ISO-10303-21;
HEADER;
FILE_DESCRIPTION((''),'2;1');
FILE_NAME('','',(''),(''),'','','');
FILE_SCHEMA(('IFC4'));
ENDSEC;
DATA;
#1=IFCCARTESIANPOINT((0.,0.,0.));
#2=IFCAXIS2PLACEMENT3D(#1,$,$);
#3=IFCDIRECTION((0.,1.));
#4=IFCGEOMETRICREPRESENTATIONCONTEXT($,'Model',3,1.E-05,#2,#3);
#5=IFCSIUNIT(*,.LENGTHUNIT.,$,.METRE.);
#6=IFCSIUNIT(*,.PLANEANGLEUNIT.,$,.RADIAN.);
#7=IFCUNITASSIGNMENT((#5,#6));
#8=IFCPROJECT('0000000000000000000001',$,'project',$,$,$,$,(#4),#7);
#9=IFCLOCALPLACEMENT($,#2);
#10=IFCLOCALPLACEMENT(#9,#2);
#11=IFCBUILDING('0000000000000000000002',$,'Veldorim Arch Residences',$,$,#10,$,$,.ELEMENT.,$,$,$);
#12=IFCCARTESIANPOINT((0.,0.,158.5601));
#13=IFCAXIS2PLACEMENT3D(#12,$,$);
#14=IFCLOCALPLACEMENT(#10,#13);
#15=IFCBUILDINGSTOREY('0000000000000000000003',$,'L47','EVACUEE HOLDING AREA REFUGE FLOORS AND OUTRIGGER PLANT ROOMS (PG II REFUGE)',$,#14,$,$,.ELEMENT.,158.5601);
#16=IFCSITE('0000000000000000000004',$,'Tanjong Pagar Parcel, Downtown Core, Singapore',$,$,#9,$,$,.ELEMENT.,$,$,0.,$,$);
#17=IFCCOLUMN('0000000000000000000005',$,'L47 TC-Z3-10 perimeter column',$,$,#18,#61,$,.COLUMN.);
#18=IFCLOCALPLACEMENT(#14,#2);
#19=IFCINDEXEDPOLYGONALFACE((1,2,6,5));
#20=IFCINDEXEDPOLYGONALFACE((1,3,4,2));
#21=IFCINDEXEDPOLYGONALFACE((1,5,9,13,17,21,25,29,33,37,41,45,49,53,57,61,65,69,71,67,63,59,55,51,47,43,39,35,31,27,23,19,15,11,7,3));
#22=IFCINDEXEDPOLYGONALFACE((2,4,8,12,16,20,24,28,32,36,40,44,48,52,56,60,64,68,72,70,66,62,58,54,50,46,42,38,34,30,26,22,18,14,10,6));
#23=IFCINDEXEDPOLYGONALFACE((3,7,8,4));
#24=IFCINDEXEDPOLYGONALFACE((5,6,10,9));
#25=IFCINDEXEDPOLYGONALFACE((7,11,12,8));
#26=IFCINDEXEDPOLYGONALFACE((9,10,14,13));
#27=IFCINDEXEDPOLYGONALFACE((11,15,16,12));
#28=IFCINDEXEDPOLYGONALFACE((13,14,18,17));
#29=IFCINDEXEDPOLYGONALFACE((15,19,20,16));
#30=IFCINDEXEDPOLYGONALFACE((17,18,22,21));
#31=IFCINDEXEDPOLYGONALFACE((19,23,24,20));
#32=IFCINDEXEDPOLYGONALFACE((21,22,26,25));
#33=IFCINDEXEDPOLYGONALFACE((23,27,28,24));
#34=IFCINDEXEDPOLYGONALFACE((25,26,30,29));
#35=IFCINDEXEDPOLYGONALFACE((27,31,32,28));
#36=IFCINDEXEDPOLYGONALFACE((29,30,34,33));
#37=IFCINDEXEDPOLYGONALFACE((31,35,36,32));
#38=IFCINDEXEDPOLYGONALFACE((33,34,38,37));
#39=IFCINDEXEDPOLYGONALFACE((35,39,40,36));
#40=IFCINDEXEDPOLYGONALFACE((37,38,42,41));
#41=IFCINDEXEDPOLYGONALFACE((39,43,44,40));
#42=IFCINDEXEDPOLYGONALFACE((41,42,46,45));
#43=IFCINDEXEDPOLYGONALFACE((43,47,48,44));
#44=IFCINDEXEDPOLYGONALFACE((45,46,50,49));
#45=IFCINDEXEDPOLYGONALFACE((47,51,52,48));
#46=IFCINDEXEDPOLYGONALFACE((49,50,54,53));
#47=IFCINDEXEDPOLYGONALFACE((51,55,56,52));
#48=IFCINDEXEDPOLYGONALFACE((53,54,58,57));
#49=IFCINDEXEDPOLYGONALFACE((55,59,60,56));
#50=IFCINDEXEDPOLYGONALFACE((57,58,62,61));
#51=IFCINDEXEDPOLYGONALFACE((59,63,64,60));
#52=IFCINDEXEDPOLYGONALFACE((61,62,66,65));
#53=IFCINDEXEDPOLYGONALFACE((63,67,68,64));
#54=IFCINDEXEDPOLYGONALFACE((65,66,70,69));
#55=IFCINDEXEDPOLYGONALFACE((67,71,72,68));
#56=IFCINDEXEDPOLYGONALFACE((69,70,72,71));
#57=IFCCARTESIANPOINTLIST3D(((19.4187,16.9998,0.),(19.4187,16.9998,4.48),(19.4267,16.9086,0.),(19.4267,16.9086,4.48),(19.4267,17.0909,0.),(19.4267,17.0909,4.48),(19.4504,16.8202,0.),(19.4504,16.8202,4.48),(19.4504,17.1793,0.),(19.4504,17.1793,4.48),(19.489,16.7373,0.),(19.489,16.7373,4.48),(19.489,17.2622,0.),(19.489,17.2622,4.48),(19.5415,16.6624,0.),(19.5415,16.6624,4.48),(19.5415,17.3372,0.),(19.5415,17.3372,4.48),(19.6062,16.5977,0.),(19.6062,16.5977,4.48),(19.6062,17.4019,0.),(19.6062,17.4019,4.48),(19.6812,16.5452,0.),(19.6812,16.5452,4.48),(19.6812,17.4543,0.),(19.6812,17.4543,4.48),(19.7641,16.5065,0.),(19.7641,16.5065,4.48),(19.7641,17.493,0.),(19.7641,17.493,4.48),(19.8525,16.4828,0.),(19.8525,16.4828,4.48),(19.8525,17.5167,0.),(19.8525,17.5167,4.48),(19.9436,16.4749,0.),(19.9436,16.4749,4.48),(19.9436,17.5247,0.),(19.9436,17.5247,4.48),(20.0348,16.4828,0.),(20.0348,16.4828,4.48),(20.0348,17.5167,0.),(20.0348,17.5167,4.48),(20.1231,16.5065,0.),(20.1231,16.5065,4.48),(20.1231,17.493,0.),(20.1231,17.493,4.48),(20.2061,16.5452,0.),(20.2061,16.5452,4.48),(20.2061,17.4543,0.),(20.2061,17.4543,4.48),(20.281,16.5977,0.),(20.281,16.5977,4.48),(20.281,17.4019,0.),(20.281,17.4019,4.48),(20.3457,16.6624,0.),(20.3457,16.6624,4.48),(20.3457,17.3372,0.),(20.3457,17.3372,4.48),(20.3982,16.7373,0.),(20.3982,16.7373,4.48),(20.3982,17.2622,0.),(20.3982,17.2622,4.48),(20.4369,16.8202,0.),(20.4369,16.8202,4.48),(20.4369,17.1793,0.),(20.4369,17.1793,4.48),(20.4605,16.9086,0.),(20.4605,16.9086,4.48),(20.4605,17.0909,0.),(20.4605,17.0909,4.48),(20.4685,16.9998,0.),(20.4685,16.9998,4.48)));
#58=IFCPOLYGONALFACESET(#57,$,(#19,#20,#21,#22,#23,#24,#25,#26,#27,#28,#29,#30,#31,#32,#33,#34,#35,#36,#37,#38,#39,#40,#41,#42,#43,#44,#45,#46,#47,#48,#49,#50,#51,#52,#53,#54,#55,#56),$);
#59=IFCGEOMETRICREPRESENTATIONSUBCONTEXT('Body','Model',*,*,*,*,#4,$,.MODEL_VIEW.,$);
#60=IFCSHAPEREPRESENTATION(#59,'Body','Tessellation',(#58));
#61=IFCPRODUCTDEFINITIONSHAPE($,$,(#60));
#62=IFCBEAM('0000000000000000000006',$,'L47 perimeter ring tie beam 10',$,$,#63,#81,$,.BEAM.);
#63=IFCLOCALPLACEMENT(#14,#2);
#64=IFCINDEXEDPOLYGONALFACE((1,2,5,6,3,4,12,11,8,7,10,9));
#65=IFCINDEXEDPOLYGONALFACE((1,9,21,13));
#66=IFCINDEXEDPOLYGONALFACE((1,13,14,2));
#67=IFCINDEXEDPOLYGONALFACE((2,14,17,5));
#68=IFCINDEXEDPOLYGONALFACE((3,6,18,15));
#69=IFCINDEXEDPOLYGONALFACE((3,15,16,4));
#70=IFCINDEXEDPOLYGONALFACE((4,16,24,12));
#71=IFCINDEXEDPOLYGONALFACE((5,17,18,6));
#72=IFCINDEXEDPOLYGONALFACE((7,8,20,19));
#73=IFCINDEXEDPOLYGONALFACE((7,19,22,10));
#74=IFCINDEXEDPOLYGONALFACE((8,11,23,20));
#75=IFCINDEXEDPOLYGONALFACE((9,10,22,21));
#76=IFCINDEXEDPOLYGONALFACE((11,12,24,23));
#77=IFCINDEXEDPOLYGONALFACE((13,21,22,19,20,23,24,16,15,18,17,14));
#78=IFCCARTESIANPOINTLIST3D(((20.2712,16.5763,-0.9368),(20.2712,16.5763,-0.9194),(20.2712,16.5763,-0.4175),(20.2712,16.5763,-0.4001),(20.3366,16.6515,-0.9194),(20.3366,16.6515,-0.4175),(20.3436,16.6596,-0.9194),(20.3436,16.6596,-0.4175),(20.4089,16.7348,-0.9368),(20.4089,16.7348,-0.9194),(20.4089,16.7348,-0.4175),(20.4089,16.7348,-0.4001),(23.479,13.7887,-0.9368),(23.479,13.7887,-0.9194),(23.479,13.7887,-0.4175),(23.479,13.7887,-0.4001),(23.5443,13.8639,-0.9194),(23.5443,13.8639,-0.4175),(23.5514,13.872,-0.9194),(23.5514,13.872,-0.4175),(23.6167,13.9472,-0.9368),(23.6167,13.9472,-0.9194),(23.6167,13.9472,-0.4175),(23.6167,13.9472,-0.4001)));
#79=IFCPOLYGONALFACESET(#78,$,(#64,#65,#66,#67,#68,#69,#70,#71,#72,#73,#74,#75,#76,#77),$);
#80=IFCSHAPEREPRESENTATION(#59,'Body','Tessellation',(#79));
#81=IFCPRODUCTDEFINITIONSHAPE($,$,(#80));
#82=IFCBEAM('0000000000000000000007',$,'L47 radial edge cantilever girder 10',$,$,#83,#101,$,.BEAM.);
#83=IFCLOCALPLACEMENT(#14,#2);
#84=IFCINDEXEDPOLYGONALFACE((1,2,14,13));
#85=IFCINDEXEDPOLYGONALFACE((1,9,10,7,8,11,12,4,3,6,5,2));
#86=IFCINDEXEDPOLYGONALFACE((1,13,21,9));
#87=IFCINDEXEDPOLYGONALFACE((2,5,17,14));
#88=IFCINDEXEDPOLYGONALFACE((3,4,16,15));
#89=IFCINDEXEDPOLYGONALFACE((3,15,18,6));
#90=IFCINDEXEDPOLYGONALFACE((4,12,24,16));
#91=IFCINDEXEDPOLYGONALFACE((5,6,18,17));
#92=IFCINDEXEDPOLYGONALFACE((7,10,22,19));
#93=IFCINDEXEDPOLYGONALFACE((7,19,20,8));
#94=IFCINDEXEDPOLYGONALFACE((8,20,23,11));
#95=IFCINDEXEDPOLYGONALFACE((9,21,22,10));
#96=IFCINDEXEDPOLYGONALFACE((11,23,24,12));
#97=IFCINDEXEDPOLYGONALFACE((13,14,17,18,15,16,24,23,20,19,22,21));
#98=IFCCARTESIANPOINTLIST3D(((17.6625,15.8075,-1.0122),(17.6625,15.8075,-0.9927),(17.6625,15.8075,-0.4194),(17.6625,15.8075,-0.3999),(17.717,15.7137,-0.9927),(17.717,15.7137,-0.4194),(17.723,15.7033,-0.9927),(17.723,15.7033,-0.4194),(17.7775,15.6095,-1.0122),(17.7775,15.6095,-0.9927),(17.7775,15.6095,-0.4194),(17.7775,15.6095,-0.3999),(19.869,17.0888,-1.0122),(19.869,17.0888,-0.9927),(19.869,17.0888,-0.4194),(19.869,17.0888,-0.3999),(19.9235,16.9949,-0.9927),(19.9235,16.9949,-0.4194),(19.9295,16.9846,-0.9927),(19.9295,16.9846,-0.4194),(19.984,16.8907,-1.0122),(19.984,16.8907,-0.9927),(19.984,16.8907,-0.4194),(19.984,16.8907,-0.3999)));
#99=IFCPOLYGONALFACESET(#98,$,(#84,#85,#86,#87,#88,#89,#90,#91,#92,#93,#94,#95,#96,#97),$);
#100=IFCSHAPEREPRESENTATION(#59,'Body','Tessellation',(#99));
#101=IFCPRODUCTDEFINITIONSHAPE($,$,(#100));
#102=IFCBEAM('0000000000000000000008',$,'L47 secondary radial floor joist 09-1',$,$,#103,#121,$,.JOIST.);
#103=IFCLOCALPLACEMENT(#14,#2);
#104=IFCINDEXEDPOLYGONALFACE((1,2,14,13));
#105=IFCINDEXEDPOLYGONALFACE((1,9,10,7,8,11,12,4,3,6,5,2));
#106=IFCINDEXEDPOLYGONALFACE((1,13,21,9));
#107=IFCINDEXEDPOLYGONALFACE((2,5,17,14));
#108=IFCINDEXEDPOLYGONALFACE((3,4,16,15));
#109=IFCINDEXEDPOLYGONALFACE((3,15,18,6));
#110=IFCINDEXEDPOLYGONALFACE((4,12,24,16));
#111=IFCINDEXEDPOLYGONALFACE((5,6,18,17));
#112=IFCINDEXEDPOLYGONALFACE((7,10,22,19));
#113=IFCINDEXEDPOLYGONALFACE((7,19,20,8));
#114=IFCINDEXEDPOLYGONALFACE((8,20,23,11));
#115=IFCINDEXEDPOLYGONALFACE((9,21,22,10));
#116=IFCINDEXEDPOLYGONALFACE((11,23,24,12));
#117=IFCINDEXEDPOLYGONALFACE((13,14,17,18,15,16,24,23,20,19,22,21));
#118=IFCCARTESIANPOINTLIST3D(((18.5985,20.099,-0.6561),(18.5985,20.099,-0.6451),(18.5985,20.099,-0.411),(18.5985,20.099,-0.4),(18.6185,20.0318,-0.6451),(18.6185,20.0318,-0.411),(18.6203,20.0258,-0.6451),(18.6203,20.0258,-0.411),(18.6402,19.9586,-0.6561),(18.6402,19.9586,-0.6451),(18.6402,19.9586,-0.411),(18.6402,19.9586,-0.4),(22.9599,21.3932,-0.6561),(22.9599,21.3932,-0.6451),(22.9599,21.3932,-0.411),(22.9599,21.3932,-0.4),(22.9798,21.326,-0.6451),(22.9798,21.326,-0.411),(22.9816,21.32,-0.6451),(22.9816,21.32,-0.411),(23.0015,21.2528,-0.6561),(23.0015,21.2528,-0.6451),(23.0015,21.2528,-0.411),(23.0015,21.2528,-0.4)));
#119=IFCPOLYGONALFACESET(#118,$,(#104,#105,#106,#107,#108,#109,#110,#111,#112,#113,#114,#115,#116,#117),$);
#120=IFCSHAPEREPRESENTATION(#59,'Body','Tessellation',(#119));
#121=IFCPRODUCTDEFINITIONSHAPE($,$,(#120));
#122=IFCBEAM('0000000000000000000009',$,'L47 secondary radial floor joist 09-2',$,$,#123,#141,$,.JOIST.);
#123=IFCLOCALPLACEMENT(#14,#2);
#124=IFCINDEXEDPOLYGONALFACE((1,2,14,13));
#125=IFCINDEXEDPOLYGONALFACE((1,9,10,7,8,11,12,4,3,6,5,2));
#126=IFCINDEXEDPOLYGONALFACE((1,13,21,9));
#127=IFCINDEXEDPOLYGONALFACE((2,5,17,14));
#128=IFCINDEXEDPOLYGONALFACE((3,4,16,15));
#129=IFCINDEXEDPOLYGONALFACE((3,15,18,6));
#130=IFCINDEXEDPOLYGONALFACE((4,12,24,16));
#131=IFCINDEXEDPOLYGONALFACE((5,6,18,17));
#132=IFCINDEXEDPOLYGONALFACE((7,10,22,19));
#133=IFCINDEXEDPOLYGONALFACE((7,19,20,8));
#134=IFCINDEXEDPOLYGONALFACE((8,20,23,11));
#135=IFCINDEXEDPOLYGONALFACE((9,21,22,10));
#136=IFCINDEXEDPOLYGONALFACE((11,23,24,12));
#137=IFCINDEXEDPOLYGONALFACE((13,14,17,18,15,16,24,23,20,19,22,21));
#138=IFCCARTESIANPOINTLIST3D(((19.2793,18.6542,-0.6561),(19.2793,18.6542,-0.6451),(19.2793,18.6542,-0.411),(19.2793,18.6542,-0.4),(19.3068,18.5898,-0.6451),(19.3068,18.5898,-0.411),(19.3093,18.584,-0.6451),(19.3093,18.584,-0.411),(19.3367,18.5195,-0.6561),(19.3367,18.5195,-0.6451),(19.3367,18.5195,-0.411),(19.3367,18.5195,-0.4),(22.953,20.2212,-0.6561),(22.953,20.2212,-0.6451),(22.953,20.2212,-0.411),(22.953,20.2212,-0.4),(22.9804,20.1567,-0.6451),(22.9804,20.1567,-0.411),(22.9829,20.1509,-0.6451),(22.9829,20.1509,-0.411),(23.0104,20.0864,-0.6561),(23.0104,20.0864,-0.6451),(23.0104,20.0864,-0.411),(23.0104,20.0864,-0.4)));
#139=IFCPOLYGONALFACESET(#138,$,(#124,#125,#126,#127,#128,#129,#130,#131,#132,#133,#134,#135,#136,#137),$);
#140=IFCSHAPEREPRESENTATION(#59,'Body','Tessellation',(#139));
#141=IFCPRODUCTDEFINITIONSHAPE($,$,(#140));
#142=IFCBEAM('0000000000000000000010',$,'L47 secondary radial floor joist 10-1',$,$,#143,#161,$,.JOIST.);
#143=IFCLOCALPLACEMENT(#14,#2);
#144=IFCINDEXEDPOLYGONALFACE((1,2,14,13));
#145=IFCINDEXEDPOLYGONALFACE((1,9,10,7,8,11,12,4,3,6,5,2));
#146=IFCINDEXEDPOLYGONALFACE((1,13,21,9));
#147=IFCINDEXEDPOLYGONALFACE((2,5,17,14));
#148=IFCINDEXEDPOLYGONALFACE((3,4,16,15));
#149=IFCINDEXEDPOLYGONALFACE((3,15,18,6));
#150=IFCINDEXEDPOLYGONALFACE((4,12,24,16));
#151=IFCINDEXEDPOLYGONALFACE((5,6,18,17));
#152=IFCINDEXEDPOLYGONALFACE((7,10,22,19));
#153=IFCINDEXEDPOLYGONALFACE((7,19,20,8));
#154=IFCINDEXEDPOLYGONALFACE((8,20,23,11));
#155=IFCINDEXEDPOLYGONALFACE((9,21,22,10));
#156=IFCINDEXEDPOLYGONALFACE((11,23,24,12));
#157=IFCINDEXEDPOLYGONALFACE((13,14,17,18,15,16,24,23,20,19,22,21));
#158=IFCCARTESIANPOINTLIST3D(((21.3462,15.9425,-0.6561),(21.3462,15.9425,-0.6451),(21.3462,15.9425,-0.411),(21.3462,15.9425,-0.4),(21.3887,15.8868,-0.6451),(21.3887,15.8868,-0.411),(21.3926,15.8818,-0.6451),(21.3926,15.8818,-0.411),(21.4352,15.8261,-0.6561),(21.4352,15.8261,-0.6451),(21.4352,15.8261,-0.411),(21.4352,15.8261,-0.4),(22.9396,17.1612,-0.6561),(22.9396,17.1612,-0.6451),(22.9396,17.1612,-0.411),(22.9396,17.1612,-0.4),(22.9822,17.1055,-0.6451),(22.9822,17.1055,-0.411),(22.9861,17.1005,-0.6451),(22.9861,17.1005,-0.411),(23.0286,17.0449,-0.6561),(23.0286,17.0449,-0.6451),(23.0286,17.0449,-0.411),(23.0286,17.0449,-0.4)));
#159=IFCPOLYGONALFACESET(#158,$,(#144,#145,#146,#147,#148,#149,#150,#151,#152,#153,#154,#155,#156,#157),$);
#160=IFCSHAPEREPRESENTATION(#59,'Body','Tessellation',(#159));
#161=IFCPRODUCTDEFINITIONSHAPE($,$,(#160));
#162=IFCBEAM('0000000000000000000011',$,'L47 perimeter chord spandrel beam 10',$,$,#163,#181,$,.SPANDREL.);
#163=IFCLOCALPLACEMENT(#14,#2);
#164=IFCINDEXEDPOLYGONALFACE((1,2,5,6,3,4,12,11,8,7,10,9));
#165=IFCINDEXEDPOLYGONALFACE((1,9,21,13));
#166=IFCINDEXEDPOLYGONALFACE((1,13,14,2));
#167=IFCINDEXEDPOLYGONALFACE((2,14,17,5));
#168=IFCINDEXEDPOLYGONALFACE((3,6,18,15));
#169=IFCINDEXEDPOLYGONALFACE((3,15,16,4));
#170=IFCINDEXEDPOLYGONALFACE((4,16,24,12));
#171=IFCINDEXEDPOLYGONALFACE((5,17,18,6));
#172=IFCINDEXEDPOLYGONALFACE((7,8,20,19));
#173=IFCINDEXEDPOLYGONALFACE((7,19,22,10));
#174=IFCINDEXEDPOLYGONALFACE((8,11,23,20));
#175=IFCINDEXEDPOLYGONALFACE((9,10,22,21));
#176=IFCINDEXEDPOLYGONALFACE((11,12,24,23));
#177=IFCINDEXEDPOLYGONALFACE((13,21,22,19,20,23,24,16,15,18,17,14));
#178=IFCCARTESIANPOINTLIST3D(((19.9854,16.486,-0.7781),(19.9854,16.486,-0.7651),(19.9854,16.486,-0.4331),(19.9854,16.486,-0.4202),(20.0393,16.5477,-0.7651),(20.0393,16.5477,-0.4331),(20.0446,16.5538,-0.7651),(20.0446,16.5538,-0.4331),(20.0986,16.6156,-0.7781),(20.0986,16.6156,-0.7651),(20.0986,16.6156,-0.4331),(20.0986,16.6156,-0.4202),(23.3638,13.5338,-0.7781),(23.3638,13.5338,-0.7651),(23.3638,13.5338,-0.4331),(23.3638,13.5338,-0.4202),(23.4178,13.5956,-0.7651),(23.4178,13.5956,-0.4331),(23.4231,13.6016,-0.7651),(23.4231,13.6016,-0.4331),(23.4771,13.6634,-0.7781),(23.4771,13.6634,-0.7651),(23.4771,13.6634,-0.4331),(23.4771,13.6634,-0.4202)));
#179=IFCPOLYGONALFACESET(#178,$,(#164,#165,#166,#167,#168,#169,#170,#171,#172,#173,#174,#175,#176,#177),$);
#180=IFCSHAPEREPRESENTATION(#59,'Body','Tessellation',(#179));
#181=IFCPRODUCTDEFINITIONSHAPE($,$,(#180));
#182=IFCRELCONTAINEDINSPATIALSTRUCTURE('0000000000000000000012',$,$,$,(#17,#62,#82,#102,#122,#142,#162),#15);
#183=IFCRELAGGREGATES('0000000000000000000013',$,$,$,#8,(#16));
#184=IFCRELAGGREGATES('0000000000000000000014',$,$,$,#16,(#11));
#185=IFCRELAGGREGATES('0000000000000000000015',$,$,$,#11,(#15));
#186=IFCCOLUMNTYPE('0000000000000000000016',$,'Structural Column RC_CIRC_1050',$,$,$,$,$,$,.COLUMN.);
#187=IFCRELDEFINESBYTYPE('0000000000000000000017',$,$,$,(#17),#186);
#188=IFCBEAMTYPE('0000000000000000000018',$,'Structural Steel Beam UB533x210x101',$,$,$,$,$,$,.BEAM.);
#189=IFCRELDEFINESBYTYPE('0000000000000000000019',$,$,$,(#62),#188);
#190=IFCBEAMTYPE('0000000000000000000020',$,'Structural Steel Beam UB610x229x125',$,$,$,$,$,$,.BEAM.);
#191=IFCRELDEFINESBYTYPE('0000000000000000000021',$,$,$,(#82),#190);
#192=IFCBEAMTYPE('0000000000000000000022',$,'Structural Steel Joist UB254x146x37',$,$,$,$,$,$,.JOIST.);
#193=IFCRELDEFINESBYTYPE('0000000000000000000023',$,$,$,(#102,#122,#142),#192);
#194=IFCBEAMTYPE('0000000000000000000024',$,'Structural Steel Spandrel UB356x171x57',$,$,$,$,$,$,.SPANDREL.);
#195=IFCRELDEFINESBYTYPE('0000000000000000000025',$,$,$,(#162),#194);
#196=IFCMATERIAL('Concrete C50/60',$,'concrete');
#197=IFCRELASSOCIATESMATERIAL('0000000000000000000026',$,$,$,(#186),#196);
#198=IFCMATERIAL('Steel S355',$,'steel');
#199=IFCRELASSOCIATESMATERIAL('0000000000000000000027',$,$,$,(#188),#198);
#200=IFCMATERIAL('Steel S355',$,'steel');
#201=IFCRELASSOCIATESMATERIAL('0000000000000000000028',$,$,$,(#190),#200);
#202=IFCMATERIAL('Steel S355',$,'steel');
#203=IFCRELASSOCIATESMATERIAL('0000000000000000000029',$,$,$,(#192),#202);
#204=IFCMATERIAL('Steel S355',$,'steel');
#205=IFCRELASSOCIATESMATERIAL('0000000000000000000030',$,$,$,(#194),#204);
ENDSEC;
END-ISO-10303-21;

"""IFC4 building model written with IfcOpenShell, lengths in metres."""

from ifc_helpers import new_model, si_unit, direction, frame, origin, origin_2d, place, context, subcontext, project, spatial, circle, i_section, extrude, material, material_profile, profile_set, type_object, element, save


model = new_model("IFC4")

# Units and contexts
model_context = context("Model", 3, precision=1e-05, world=origin(), true_north=direction((0.0, 1.0)))
body_context = subcontext(model_context, "Body", "Model", "MODEL_VIEW")
ifc_project = project(units=[si_unit("LENGTHUNIT", "METRE"), si_unit("PLANEANGLEUNIT", "RADIAN")], contexts=[model_context])

# Site, building, storey
site_placement = place(None, origin())
site = spatial("IfcSite", under=ifc_project, at=site_placement, Name="Tanjong Pagar Parcel, Downtown Core, Singapore", CompositionType="ELEMENT", RefElevation=0.0)
building_placement = place(site_placement, origin())
building = spatial("IfcBuilding", under=site, at=building_placement, Name="Veldorim Arch Residences", CompositionType="ELEMENT")
storey_placement = place(building_placement, frame((0.0, 0.0, 158.5601)))
storey = spatial("IfcBuildingStorey", under=building, at=storey_placement, Name="L47", Description="EVACUEE HOLDING AREA REFUGE FLOORS AND OUTRIGGER PLANT ROOMS (PG II REFUGE)", CompositionType="ELEMENT", Elevation=158.5601)

# Column
ifc_material_1 = material(Name="Concrete C50/60", Category="concrete")
ifc_material_profile_1 = material_profile(ifc_material_1, circle(Radius=0.5249, at=origin_2d()), Name="RC_CIRC_1050")
ifc_profile_set_1 = profile_set([ifc_material_profile_1], Name="Concrete C50/60")
column_type = type_object("IfcColumnType", Name="Structural Column RC_CIRC_1050", PredefinedType="COLUMN", material=ifc_profile_set_1)
column_placement = place(storey_placement, frame((19.9436, 16.9998, 0.0), z_axis=(0.0, 0.0, 1.0), x_axis=(1.0, 0.0, 0.0)))
element("IfcColumn", 1, at=column_placement, inside=storey, type_object=column_type, Name="L47 TC-Z3-10 perimeter column", PredefinedType="COLUMN", context=body_context, shape_type="SweptSolid", body=[
    extrude(circle(Radius=0.5249, at=origin_2d()), origin(), (0.0, 0.0, 1.0), 4.48),
])

# Beams
ifc_material_2 = material(Name="Steel S355", Category="steel")
ifc_material_profile_2 = material_profile(ifc_material_2, i_section(OverallWidth=0.21, OverallDepth=0.5366, WebThickness=0.0107, FlangeThickness=0.0173, at=origin_2d()), Name="UB533x210x101")
ifc_profile_set_2 = profile_set([ifc_material_profile_2], Name="Steel S355")
beam_type_1 = type_object("IfcBeamType", Name="Structural Steel Beam UB533x210x101", PredefinedType="BEAM", material=ifc_profile_set_2)
beam_1_placement = place(storey_placement, frame((20.3401, 16.6555, -0.6685), z_axis=(0.754811, -0.655943, 0.0), x_axis=(0.655943, 0.754811, 0.0)))
element("IfcBeam", 2, at=beam_1_placement, inside=storey, type_object=beam_type_1, Name="L47 perimeter ring tie beam 10", PredefinedType="BEAM", context=body_context, shape_type="SweptSolid", body=[
    extrude(i_section(OverallWidth=0.21, OverallDepth=0.5366, WebThickness=0.0107, FlangeThickness=0.0173, at=origin_2d()), origin(), (0.0, 0.0, 1.0), 4.2498),
])
ifc_material_3 = material(Name="Steel S355", Category="steel")
ifc_material_profile_3 = material_profile(ifc_material_3, i_section(OverallWidth=0.229, OverallDepth=0.6123, WebThickness=0.012, FlangeThickness=0.0195, at=origin_2d()), Name="UB610x229x125")
ifc_profile_set_3 = profile_set([ifc_material_profile_3], Name="Steel S355")
beam_type_2 = type_object("IfcBeamType", Name="Structural Steel Beam UB610x229x125", PredefinedType="BEAM", material=ifc_profile_set_3)
beam_2_placement = place(storey_placement, frame((19.9265, 16.9897, -0.7061), z_axis=(-0.864784, -0.502145, 0.0), x_axis=(0.502145, -0.864784, 0.0)))
element("IfcBeam", 3, at=beam_2_placement, inside=storey, type_object=beam_type_2, Name="L47 radial edge cantilever girder 10", PredefinedType="BEAM", context=body_context, shape_type="SweptSolid", body=[
    extrude(i_section(OverallWidth=0.229, OverallDepth=0.6123, WebThickness=0.012, FlangeThickness=0.0195, at=origin_2d()), origin(), (0.0, 0.0, 1.0), 2.5515),
])
ifc_material_4 = material(Name="Steel S355", Category="steel")
ifc_material_profile_4 = material_profile(ifc_material_4, i_section(OverallWidth=0.1465, OverallDepth=0.2561, WebThickness=0.0063, FlangeThickness=0.011, at=origin_2d()), Name="UB254x146x37")
ifc_profile_set_4 = profile_set([ifc_material_profile_4], Name="Steel S355")
beam_type_3 = type_object("IfcBeamType", Name="Structural Steel Joist UB254x146x37", PredefinedType="JOIST", material=ifc_profile_set_4)
beam_3_placement = place(storey_placement, frame((22.9807, 21.323, -0.5281), z_axis=(-0.958682, -0.284481, 0.0), x_axis=(0.284481, -0.958682, 0.0)))
element("IfcBeam", 4, at=beam_3_placement, inside=storey, type_object=beam_type_3, Name="L47 secondary radial floor joist 09-1", PredefinedType="JOIST", context=body_context, shape_type="SweptSolid", body=[
    extrude(i_section(OverallWidth=0.1465, OverallDepth=0.2561, WebThickness=0.0063, FlangeThickness=0.011, at=origin_2d()), origin(), (0.0, 0.0, 1.0), 4.5493),
])
beam_4_placement = place(storey_placement, frame((22.9817, 20.1538, -0.5281), z_axis=(-0.919823, -0.392332, 0.0), x_axis=(0.392332, -0.919823, 0.0)))
element("IfcBeam", 5, at=beam_4_placement, inside=storey, type_object=beam_type_3, Name="L47 secondary radial floor joist 09-2", PredefinedType="JOIST", context=body_context, shape_type="SweptSolid", body=[
    extrude(i_section(OverallWidth=0.1465, OverallDepth=0.2561, WebThickness=0.0063, FlangeThickness=0.011, at=origin_2d()), origin(), (0.0, 0.0, 1.0), 3.9939),
])
beam_5_placement = place(storey_placement, frame((22.9841, 17.103, -0.5281), z_axis=(-0.794313, -0.607509, 0.0), x_axis=(0.607509, -0.794313, 0.0)))
element("IfcBeam", 6, at=beam_5_placement, inside=storey, type_object=beam_type_3, Name="L47 secondary radial floor joist 10-1", PredefinedType="JOIST", context=body_context, shape_type="SweptSolid", body=[
    extrude(i_section(OverallWidth=0.1465, OverallDepth=0.2561, WebThickness=0.0063, FlangeThickness=0.011, at=origin_2d()), origin(), (0.0, 0.0, 1.0), 2.0061),
])
ifc_material_5 = material(Name="Steel S355", Category="steel")
ifc_material_profile_5 = material_profile(ifc_material_5, i_section(OverallWidth=0.1721, OverallDepth=0.3579, WebThickness=0.0081, FlangeThickness=0.0129, at=origin_2d()), Name="UB356x171x57")
ifc_profile_set_5 = profile_set([ifc_material_profile_5], Name="Steel S355")
beam_type_4 = type_object("IfcBeamType", Name="Structural Steel Spandrel UB356x171x57", PredefinedType="SPANDREL", material=ifc_profile_set_5)
beam_6_placement = place(storey_placement, frame((20.042, 16.5508, -0.5991), z_axis=(0.753015, -0.658004, 0.0), x_axis=(0.658004, 0.753015, 0.0)))
element("IfcBeam", 7, at=beam_6_placement, inside=storey, type_object=beam_type_4, Name="L47 perimeter chord spandrel beam 10", PredefinedType="SPANDREL", context=body_context, shape_type="SweptSolid", body=[
    extrude(i_section(OverallWidth=0.1721, OverallDepth=0.3579, WebThickness=0.0081, FlangeThickness=0.0129, at=origin_2d()), origin(), (0.0, 0.0, 1.0), 4.4866),
])

save(model, "model.ifc")
